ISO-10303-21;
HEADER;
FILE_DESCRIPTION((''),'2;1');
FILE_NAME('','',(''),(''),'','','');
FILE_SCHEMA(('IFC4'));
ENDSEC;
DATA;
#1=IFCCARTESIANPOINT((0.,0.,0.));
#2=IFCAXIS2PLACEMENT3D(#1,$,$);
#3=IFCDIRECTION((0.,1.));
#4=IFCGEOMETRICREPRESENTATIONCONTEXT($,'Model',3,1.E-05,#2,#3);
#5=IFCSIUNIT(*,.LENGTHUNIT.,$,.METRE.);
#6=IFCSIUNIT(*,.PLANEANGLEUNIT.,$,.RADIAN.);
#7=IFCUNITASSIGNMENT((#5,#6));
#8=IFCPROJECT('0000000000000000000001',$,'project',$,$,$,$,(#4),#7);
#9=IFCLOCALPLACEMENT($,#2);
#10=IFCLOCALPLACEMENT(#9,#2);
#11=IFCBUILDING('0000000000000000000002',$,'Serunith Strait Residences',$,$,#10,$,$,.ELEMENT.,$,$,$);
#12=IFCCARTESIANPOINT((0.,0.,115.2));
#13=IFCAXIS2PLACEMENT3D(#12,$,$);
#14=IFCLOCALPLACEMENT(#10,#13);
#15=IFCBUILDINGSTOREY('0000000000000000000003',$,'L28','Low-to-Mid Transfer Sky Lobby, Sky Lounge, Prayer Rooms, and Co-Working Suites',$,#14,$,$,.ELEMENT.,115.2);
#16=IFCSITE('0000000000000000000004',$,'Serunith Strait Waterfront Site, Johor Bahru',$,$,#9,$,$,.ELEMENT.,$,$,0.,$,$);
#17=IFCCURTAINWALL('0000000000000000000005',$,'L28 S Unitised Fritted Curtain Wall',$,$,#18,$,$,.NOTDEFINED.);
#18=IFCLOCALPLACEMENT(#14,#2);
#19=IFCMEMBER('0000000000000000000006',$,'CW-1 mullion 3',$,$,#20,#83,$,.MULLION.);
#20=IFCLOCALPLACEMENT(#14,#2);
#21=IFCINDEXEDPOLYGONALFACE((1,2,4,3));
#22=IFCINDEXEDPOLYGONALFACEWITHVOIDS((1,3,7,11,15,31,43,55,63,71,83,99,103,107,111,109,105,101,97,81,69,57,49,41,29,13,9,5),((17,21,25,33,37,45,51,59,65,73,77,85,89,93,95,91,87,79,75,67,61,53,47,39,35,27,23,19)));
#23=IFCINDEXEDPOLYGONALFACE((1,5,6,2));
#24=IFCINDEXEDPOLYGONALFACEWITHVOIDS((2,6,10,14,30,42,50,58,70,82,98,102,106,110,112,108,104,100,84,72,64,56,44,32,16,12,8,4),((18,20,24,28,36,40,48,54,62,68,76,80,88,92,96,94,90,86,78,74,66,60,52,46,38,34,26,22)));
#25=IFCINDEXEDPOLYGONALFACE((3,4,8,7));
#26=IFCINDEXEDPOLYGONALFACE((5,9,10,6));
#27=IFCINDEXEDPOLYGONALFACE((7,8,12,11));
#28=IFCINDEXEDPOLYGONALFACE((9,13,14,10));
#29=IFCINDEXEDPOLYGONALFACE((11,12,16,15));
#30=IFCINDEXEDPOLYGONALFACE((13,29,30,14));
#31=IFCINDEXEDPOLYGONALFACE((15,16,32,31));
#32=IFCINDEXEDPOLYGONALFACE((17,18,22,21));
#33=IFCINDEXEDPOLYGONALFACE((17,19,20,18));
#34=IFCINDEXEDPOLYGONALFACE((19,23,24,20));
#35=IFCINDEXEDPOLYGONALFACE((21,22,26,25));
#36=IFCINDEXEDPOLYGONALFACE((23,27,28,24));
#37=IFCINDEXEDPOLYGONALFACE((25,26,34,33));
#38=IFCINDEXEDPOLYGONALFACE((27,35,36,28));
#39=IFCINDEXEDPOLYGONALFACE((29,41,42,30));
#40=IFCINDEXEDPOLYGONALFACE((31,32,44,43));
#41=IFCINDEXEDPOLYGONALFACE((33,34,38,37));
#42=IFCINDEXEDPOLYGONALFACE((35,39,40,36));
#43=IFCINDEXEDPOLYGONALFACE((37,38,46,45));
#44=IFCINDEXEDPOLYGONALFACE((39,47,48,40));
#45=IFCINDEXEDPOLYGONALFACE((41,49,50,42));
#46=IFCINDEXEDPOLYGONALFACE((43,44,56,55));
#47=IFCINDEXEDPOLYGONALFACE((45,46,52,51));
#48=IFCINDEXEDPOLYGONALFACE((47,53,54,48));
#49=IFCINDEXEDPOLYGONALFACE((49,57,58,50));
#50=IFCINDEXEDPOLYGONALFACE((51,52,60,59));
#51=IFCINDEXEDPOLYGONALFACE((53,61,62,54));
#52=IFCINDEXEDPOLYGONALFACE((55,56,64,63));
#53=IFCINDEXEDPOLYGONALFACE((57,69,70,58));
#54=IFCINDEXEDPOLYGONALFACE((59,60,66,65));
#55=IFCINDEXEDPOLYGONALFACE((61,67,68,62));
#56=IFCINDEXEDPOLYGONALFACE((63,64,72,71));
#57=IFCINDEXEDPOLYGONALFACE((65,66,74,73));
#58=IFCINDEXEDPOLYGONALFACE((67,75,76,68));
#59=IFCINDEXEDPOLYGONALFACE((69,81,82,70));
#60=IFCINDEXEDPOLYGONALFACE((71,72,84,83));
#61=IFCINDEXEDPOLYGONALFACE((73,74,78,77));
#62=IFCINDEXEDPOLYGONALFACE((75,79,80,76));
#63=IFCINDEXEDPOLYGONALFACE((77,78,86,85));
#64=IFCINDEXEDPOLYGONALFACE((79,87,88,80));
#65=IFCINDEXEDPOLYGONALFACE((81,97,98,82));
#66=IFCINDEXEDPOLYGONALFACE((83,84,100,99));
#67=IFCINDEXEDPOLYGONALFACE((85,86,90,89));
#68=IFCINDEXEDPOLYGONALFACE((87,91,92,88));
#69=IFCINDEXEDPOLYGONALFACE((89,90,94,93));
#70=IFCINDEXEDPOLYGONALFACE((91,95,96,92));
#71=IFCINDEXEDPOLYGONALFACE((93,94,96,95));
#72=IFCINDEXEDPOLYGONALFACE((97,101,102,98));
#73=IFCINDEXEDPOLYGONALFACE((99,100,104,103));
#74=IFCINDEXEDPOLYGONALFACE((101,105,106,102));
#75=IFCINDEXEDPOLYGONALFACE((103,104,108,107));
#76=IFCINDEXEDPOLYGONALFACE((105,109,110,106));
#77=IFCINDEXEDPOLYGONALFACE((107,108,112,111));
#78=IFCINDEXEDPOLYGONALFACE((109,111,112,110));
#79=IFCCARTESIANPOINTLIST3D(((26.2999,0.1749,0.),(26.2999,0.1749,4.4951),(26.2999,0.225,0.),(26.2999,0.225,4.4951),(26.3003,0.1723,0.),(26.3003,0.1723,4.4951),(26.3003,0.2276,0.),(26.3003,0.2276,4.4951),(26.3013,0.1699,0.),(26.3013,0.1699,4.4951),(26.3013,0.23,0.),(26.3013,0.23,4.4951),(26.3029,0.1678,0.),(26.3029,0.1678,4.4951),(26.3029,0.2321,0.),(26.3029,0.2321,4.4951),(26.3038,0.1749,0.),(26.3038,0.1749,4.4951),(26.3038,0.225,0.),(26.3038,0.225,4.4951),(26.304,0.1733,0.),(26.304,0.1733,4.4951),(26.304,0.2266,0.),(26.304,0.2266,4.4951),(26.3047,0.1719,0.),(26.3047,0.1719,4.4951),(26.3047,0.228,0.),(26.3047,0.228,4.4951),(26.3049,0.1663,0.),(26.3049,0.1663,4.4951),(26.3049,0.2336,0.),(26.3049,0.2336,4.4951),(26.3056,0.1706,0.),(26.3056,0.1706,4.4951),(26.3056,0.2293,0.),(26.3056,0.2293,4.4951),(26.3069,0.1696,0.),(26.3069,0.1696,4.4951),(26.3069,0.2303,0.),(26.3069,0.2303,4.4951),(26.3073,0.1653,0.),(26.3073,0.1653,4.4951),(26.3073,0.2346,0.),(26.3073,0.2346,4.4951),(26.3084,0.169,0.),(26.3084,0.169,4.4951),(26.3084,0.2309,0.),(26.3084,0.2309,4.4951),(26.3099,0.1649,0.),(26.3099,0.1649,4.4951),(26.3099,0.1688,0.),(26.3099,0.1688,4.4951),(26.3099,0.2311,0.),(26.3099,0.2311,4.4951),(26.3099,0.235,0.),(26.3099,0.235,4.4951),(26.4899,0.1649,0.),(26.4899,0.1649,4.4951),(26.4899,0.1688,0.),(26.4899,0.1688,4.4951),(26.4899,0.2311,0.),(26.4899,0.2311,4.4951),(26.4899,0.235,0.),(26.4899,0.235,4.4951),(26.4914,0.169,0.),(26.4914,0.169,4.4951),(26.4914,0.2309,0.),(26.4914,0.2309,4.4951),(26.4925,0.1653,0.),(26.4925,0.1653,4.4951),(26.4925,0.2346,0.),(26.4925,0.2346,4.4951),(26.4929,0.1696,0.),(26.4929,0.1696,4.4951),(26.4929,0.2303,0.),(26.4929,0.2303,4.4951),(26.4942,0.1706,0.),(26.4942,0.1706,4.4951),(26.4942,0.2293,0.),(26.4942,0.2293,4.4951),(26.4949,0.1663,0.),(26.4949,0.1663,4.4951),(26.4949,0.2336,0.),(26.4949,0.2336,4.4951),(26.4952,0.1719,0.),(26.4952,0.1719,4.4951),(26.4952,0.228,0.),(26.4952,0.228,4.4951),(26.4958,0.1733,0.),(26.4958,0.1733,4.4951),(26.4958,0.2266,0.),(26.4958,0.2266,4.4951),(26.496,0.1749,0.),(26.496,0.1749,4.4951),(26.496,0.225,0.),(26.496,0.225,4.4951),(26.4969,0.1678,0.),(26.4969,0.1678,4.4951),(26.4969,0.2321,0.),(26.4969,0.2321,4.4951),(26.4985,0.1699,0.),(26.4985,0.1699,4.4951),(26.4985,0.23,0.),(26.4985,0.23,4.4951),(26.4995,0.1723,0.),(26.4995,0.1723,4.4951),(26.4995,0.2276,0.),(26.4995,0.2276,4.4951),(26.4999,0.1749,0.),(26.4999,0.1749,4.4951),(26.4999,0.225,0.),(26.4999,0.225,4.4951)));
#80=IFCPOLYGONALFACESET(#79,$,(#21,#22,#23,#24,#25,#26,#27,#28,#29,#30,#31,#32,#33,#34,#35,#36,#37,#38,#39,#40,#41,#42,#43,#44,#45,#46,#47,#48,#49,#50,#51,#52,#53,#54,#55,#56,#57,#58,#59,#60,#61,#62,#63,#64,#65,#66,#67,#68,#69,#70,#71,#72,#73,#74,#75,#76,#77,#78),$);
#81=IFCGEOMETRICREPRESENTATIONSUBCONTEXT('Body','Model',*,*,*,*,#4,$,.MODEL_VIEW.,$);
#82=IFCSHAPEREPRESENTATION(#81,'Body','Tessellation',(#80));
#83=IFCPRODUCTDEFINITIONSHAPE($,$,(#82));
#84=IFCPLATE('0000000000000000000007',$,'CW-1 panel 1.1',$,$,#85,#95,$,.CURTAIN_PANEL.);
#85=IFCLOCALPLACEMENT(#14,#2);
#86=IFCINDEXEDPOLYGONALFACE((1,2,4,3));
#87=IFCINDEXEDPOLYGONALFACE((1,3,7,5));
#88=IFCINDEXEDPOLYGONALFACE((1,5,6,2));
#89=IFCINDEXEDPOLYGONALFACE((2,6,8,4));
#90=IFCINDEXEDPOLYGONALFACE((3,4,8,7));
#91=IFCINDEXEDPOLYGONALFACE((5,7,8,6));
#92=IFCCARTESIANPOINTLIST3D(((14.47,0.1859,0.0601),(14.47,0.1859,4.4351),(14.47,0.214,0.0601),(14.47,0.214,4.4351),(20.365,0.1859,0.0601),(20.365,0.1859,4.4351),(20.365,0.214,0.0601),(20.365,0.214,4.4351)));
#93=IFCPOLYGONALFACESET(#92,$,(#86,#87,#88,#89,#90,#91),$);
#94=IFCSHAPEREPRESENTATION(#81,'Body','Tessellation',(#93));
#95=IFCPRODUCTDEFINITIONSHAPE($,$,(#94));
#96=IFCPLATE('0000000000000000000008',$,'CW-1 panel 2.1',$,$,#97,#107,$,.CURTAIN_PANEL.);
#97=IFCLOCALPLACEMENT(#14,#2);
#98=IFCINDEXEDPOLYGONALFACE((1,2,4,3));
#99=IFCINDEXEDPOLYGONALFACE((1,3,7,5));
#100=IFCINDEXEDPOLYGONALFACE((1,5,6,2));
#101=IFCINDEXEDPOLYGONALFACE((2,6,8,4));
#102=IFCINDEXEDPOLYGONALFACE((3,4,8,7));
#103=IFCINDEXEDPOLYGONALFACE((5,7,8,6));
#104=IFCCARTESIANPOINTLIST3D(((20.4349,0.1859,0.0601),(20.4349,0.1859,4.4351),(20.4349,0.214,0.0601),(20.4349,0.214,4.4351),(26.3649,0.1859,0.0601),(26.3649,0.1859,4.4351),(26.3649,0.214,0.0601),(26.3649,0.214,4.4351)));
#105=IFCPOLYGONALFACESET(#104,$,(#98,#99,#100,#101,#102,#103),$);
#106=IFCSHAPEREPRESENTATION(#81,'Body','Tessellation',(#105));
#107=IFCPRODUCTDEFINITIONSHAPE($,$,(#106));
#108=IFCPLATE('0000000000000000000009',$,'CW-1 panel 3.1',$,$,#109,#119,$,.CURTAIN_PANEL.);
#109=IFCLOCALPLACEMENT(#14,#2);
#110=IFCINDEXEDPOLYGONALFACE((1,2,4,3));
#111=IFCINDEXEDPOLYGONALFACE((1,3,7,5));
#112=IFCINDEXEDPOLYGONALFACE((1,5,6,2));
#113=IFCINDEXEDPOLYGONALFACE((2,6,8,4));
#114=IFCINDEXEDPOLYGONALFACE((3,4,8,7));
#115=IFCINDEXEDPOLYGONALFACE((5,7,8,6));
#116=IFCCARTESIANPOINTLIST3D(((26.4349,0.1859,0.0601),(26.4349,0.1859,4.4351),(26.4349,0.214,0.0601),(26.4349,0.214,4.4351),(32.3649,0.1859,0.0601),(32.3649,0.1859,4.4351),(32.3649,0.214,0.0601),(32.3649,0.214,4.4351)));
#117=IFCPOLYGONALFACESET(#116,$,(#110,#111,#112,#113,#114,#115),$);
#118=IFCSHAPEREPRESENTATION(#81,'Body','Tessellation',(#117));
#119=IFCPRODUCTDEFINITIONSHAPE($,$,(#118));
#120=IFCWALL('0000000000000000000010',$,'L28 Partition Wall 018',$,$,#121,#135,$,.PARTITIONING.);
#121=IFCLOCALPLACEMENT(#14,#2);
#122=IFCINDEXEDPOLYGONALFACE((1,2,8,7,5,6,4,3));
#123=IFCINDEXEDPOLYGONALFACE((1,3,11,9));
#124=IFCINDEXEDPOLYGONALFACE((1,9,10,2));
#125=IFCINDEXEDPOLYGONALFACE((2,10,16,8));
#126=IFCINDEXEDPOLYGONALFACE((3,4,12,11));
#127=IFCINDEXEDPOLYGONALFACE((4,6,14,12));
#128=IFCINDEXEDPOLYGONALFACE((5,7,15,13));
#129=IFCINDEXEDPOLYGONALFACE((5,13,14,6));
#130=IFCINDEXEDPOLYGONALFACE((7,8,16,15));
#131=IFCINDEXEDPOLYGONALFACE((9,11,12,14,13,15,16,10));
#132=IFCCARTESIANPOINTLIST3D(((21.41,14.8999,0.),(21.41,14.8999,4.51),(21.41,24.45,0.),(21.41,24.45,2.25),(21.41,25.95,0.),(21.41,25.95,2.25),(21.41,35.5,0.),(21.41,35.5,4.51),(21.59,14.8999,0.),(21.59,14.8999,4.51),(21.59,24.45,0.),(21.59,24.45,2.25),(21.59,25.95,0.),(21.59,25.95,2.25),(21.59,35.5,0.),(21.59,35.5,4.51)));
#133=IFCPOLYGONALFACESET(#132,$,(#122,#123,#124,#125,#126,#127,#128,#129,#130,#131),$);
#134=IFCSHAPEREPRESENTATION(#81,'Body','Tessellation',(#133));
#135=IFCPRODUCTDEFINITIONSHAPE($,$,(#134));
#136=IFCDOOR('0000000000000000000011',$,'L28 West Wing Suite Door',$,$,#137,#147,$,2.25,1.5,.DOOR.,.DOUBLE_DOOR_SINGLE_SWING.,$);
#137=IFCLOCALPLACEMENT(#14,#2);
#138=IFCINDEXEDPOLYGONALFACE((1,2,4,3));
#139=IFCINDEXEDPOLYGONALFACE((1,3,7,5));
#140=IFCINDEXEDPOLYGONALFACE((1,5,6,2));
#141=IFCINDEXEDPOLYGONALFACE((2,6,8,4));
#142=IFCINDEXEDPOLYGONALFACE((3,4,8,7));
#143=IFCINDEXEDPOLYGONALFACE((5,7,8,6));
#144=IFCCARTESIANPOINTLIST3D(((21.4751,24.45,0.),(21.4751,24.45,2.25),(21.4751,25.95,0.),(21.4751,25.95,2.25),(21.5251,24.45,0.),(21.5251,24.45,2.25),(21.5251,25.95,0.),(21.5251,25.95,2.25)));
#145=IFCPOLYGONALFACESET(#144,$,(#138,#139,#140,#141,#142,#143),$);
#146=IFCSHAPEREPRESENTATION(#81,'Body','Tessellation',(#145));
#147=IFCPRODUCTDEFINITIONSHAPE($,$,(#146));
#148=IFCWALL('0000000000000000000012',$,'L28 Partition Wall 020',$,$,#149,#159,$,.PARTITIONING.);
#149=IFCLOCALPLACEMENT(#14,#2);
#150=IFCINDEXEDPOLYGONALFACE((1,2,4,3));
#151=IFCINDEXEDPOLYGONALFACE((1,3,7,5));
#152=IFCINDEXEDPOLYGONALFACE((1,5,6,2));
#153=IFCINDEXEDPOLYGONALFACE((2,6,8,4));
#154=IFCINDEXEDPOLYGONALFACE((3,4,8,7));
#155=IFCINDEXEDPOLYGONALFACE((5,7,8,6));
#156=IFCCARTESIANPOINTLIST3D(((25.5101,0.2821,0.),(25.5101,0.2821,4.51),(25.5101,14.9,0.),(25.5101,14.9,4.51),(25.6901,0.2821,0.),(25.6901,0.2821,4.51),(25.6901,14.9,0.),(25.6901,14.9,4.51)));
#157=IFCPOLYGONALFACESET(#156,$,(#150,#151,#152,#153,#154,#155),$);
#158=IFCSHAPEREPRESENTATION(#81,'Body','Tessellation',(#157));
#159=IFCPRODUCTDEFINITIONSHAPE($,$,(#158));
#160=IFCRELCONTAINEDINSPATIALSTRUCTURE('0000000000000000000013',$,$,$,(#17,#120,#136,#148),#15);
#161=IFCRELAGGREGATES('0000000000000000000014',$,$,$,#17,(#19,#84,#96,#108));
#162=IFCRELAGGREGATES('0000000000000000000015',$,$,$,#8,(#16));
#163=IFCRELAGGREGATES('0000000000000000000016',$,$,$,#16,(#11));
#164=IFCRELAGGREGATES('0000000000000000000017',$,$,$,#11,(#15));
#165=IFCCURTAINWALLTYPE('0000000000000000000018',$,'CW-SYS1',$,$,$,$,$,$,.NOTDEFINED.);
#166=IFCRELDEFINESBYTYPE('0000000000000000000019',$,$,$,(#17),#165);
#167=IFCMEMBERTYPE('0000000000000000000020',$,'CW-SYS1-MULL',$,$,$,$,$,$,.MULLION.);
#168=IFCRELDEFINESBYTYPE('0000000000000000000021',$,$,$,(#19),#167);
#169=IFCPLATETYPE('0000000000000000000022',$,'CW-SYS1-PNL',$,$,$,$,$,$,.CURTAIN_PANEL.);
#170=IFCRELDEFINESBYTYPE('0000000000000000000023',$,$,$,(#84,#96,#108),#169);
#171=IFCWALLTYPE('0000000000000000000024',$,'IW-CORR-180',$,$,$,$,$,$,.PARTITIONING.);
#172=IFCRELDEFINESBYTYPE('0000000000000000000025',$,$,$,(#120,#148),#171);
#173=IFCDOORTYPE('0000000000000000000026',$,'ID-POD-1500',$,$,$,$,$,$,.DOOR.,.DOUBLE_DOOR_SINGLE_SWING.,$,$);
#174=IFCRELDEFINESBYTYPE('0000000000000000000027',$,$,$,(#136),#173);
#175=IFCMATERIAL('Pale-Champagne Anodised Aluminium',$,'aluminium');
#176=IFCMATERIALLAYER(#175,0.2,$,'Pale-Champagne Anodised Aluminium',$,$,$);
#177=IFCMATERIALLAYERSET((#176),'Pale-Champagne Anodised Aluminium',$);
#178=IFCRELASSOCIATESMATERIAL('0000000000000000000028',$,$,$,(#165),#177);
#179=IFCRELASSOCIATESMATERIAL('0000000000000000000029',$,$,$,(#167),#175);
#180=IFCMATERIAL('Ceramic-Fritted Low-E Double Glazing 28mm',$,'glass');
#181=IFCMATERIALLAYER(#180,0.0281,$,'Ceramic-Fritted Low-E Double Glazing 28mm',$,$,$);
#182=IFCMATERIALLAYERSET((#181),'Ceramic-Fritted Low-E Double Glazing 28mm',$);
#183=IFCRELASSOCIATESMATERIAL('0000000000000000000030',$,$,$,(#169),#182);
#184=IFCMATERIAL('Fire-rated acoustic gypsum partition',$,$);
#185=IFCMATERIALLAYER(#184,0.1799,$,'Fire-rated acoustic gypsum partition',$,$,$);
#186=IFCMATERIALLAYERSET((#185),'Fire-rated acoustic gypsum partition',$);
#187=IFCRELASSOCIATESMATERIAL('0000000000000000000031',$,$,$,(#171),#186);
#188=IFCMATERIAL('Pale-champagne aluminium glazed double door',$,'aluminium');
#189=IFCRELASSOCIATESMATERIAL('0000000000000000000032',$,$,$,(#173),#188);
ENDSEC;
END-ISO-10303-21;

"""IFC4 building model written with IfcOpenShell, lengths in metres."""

from ifc_helpers import new_model, si_unit, direction, frame, frame_2d, origin, origin_2d, place, context, subcontext, project, spatial, rectangle, hollow_rectangle, extrude, source, transform, mapped, material, layer, layer_set, material_profile, profile_set, type_object, element, fill, aggregate, save


model = new_model("IFC4")

# Units and contexts
model_context = context("Model", 3, precision=1e-05, world=origin(), true_north=direction((0.0, 1.0)))
body_context = subcontext(model_context, "Body", "Model", "MODEL_VIEW")
ifc_project = project(units=[si_unit("LENGTHUNIT", "METRE"), si_unit("PLANEANGLEUNIT", "RADIAN")], contexts=[model_context])

# Site, building, storey
site_placement = place(None, origin())
site = spatial("IfcSite", under=ifc_project, at=site_placement, Name="Serunith Strait Waterfront Site, Johor Bahru", CompositionType="ELEMENT", RefElevation=0.0)
building_placement = place(site_placement, origin())
building = spatial("IfcBuilding", under=site, at=building_placement, Name="Serunith Strait Residences", CompositionType="ELEMENT")
storey_placement = place(building_placement, frame((0.0, 0.0, 115.2)))
storey = spatial("IfcBuildingStorey", under=building, at=storey_placement, Name="L28", Description="Low-to-Mid Transfer Sky Lobby, Sky Lounge, Prayer Rooms, and Co-Working Suites", CompositionType="ELEMENT", Elevation=115.2)

# Curtain wall, member, plates
ifc_material_1 = material(Name="Pale-Champagne Anodised Aluminium", Category="aluminium")
ifc_layer_1 = layer(ifc_material_1, 0.2, Name="Pale-Champagne Anodised Aluminium")
ifc_layer_set_1 = layer_set([ifc_layer_1], Name="Pale-Champagne Anodised Aluminium")
curtain_wall_type = type_object("IfcCurtainWallType", Name="CW-SYS1", PredefinedType="NOTDEFINED", material=ifc_layer_set_1)
curtain_wall_placement = place(storey_placement, origin())
curtain_wall = element("IfcCurtainWall", 1, at=curtain_wall_placement, inside=storey, type_object=curtain_wall_type, Name="L28 S Unitised Fritted Curtain Wall", PredefinedType="NOTDEFINED")
ifc_material_profile_1 = material_profile(ifc_material_1, hollow_rectangle(XDim=0.0701, YDim=0.2, WallThickness=0.0039, InnerFilletRadius=0.0061, OuterFilletRadius=0.01, at=origin_2d()), Name="ALU 200x70x4")
ifc_profile_set_1 = profile_set([ifc_material_profile_1], Name="Pale-Champagne Anodised Aluminium")
member_type_1 = type_object("IfcMemberType", Name="CW-SYS1-MULL", PredefinedType="MULLION", material=ifc_profile_set_1)
shared_shape_1 = source(origin(), body_context, "Body", "SweptSolid", [
    extrude(hollow_rectangle(XDim=0.0701, YDim=0.2, WallThickness=0.0039, InnerFilletRadius=0.0061, OuterFilletRadius=0.01, at=origin_2d()), origin(), (0.0, 0.0, 1.0), 4.4951),
])
member_1_placement = place(storey_placement, frame((26.3999, 0.2, 0.0), z_axis=(0.0, 0.0, 1.0), x_axis=(0.0, 1.0, 0.0)))
member_1 = element("IfcMember", 2, at=member_1_placement, type_object=member_type_1, Name="CW-1 mullion 3", PredefinedType="MULLION", context=body_context, shape_type="MappedRepresentation", body=[
    mapped(shared_shape_1, transform((0.0, 0.0, 0.0), scale=1.0)),
])
ifc_material_2 = material(Name="Ceramic-Fritted Low-E Double Glazing 28mm", Category="glass")
ifc_layer_2 = layer(ifc_material_2, 0.0281, Name="Ceramic-Fritted Low-E Double Glazing 28mm")
ifc_layer_set_2 = layer_set([ifc_layer_2], Name="Ceramic-Fritted Low-E Double Glazing 28mm")
plate_type = type_object("IfcPlateType", Name="CW-SYS1-PNL", PredefinedType="CURTAIN_PANEL", material=ifc_layer_set_2)
shared_shape_2 = source(origin(), body_context, "Body", "SweptSolid", [
    extrude(rectangle(XDim=5.895, YDim=0.0281, at=origin_2d()), origin(), (0.0, 0.0, 1.0), 4.375),
])
plate_1_placement = place(storey_placement, frame((17.4175, 0.2, 0.0601), z_axis=(0.0, 0.0, 1.0), x_axis=(1.0, 0.0, 0.0)))
plate_1 = element("IfcPlate", 3, at=plate_1_placement, type_object=plate_type, Name="CW-1 panel 1.1", PredefinedType="CURTAIN_PANEL", context=body_context, shape_type="MappedRepresentation", body=[
    mapped(shared_shape_2, transform((0.0, 0.0, 0.0), scale=1.0)),
])
shared_shape_3 = source(origin(), body_context, "Body", "SweptSolid", [
    extrude(rectangle(XDim=5.9299, YDim=0.0281, at=origin_2d()), origin(), (0.0, 0.0, 1.0), 4.375),
])
plate_2_placement = place(storey_placement, frame((23.3999, 0.2, 0.0601), z_axis=(0.0, 0.0, 1.0), x_axis=(1.0, 0.0, 0.0)))
plate_2 = element("IfcPlate", 4, at=plate_2_placement, type_object=plate_type, Name="CW-1 panel 2.1", PredefinedType="CURTAIN_PANEL", context=body_context, shape_type="MappedRepresentation", body=[
    mapped(shared_shape_3, transform((0.0, 0.0, 0.0), scale=1.0)),
])
plate_3_placement = place(storey_placement, frame((29.3999, 0.2, 0.0601), z_axis=(0.0, 0.0, 1.0), x_axis=(1.0, 0.0, 0.0)))
plate_3 = element("IfcPlate", 5, at=plate_3_placement, type_object=plate_type, Name="CW-1 panel 3.1", PredefinedType="CURTAIN_PANEL", context=body_context, shape_type="MappedRepresentation", body=[
    mapped(shared_shape_3, transform((0.0, 0.0, 0.0), scale=1.0)),
])
aggregate(curtain_wall, [member_1, plate_1, plate_2, plate_3])

# Wall, opening, door
ifc_material_3 = material(Name="Fire-rated acoustic gypsum partition")
ifc_layer_3 = layer(ifc_material_3, 0.1799, Name="Fire-rated acoustic gypsum partition")
ifc_layer_set_3 = layer_set([ifc_layer_3], Name="Fire-rated acoustic gypsum partition")
wall_type = type_object("IfcWallType", Name="IW-CORR-180", PredefinedType="PARTITIONING", material=ifc_layer_set_3)
wall_1_placement = place(storey_placement, frame((21.5, 14.8999, 0.0), z_axis=(0.0, 0.0, 1.0), x_axis=(0.0, 1.0, 0.0)))
wall_1 = element("IfcWall", 6, at=wall_1_placement, inside=storey, type_object=wall_type, Name="L28 Partition Wall 018", PredefinedType="PARTITIONING", context=body_context, shape_type="SweptSolid", body=[
    extrude(rectangle(XDim=20.6001, YDim=0.1799, at=frame_2d((10.3, 0.0))), origin(), (0.0, 0.0, 1.0), 4.51),
])
opening_placement = place(wall_1_placement, frame((9.55, 0.0, 0.0)))
opening = element("IfcOpeningElement", 7, at=opening_placement, cuts=wall_1, PredefinedType="OPENING", context=body_context, shape_type="SweptSolid", body=[
    extrude(rectangle(XDim=1.5, YDim=2.25, at=frame_2d((0.75, 1.125))), frame((0.0, 0.1001, 0.0), z_axis=(0.0, -1.0, 0.0), x_axis=(1.0, 0.0, 0.0)), (0.0, 0.0, 1.0), 0.2),
])
ifc_material_4 = material(Name="Pale-champagne aluminium glazed double door", Category="aluminium")
door_type = type_object("IfcDoorType", Name="ID-POD-1500", OperationType="DOUBLE_DOOR_SINGLE_SWING", PredefinedType="DOOR", material=ifc_material_4)
shared_shape_4 = source(origin(), body_context, "Body", "SweptSolid", [
    extrude(rectangle(XDim=1.5, YDim=2.25, at=frame_2d((0.75, 1.125))), frame((0.0, 0.0249, 0.0), z_axis=(0.0, -1.0, 0.0), x_axis=(1.0, 0.0, 0.0)), (0.0, 0.0, 1.0), 0.05),
])
door_placement = place(opening_placement, origin())
door = element("IfcDoor", 8, at=door_placement, inside=storey, type_object=door_type, Name="L28 West Wing Suite Door", OperationType="DOUBLE_DOOR_SINGLE_SWING", OverallHeight=2.25, OverallWidth=1.5, PredefinedType="DOOR", context=body_context, shape_type="MappedRepresentation", body=[
    mapped(shared_shape_4, transform((0.0, 0.0, 0.0), scale=1.0)),
])
fill(opening, door)

# Wall
wall_2_placement = place(storey_placement, frame((25.6001, 0.282, 0.0), z_axis=(0.0, 0.0, 1.0), x_axis=(0.0, 1.0, 0.0)))
element("IfcWall", 9, at=wall_2_placement, inside=storey, type_object=wall_type, Name="L28 Partition Wall 020", PredefinedType="PARTITIONING", context=body_context, shape_type="SweptSolid", body=[
    extrude(rectangle(XDim=14.6179, YDim=0.1799, at=frame_2d((7.3091, 0.0))), origin(), (0.0, 0.0, 1.0), 4.51),
])

save(model, "model.ifc")
